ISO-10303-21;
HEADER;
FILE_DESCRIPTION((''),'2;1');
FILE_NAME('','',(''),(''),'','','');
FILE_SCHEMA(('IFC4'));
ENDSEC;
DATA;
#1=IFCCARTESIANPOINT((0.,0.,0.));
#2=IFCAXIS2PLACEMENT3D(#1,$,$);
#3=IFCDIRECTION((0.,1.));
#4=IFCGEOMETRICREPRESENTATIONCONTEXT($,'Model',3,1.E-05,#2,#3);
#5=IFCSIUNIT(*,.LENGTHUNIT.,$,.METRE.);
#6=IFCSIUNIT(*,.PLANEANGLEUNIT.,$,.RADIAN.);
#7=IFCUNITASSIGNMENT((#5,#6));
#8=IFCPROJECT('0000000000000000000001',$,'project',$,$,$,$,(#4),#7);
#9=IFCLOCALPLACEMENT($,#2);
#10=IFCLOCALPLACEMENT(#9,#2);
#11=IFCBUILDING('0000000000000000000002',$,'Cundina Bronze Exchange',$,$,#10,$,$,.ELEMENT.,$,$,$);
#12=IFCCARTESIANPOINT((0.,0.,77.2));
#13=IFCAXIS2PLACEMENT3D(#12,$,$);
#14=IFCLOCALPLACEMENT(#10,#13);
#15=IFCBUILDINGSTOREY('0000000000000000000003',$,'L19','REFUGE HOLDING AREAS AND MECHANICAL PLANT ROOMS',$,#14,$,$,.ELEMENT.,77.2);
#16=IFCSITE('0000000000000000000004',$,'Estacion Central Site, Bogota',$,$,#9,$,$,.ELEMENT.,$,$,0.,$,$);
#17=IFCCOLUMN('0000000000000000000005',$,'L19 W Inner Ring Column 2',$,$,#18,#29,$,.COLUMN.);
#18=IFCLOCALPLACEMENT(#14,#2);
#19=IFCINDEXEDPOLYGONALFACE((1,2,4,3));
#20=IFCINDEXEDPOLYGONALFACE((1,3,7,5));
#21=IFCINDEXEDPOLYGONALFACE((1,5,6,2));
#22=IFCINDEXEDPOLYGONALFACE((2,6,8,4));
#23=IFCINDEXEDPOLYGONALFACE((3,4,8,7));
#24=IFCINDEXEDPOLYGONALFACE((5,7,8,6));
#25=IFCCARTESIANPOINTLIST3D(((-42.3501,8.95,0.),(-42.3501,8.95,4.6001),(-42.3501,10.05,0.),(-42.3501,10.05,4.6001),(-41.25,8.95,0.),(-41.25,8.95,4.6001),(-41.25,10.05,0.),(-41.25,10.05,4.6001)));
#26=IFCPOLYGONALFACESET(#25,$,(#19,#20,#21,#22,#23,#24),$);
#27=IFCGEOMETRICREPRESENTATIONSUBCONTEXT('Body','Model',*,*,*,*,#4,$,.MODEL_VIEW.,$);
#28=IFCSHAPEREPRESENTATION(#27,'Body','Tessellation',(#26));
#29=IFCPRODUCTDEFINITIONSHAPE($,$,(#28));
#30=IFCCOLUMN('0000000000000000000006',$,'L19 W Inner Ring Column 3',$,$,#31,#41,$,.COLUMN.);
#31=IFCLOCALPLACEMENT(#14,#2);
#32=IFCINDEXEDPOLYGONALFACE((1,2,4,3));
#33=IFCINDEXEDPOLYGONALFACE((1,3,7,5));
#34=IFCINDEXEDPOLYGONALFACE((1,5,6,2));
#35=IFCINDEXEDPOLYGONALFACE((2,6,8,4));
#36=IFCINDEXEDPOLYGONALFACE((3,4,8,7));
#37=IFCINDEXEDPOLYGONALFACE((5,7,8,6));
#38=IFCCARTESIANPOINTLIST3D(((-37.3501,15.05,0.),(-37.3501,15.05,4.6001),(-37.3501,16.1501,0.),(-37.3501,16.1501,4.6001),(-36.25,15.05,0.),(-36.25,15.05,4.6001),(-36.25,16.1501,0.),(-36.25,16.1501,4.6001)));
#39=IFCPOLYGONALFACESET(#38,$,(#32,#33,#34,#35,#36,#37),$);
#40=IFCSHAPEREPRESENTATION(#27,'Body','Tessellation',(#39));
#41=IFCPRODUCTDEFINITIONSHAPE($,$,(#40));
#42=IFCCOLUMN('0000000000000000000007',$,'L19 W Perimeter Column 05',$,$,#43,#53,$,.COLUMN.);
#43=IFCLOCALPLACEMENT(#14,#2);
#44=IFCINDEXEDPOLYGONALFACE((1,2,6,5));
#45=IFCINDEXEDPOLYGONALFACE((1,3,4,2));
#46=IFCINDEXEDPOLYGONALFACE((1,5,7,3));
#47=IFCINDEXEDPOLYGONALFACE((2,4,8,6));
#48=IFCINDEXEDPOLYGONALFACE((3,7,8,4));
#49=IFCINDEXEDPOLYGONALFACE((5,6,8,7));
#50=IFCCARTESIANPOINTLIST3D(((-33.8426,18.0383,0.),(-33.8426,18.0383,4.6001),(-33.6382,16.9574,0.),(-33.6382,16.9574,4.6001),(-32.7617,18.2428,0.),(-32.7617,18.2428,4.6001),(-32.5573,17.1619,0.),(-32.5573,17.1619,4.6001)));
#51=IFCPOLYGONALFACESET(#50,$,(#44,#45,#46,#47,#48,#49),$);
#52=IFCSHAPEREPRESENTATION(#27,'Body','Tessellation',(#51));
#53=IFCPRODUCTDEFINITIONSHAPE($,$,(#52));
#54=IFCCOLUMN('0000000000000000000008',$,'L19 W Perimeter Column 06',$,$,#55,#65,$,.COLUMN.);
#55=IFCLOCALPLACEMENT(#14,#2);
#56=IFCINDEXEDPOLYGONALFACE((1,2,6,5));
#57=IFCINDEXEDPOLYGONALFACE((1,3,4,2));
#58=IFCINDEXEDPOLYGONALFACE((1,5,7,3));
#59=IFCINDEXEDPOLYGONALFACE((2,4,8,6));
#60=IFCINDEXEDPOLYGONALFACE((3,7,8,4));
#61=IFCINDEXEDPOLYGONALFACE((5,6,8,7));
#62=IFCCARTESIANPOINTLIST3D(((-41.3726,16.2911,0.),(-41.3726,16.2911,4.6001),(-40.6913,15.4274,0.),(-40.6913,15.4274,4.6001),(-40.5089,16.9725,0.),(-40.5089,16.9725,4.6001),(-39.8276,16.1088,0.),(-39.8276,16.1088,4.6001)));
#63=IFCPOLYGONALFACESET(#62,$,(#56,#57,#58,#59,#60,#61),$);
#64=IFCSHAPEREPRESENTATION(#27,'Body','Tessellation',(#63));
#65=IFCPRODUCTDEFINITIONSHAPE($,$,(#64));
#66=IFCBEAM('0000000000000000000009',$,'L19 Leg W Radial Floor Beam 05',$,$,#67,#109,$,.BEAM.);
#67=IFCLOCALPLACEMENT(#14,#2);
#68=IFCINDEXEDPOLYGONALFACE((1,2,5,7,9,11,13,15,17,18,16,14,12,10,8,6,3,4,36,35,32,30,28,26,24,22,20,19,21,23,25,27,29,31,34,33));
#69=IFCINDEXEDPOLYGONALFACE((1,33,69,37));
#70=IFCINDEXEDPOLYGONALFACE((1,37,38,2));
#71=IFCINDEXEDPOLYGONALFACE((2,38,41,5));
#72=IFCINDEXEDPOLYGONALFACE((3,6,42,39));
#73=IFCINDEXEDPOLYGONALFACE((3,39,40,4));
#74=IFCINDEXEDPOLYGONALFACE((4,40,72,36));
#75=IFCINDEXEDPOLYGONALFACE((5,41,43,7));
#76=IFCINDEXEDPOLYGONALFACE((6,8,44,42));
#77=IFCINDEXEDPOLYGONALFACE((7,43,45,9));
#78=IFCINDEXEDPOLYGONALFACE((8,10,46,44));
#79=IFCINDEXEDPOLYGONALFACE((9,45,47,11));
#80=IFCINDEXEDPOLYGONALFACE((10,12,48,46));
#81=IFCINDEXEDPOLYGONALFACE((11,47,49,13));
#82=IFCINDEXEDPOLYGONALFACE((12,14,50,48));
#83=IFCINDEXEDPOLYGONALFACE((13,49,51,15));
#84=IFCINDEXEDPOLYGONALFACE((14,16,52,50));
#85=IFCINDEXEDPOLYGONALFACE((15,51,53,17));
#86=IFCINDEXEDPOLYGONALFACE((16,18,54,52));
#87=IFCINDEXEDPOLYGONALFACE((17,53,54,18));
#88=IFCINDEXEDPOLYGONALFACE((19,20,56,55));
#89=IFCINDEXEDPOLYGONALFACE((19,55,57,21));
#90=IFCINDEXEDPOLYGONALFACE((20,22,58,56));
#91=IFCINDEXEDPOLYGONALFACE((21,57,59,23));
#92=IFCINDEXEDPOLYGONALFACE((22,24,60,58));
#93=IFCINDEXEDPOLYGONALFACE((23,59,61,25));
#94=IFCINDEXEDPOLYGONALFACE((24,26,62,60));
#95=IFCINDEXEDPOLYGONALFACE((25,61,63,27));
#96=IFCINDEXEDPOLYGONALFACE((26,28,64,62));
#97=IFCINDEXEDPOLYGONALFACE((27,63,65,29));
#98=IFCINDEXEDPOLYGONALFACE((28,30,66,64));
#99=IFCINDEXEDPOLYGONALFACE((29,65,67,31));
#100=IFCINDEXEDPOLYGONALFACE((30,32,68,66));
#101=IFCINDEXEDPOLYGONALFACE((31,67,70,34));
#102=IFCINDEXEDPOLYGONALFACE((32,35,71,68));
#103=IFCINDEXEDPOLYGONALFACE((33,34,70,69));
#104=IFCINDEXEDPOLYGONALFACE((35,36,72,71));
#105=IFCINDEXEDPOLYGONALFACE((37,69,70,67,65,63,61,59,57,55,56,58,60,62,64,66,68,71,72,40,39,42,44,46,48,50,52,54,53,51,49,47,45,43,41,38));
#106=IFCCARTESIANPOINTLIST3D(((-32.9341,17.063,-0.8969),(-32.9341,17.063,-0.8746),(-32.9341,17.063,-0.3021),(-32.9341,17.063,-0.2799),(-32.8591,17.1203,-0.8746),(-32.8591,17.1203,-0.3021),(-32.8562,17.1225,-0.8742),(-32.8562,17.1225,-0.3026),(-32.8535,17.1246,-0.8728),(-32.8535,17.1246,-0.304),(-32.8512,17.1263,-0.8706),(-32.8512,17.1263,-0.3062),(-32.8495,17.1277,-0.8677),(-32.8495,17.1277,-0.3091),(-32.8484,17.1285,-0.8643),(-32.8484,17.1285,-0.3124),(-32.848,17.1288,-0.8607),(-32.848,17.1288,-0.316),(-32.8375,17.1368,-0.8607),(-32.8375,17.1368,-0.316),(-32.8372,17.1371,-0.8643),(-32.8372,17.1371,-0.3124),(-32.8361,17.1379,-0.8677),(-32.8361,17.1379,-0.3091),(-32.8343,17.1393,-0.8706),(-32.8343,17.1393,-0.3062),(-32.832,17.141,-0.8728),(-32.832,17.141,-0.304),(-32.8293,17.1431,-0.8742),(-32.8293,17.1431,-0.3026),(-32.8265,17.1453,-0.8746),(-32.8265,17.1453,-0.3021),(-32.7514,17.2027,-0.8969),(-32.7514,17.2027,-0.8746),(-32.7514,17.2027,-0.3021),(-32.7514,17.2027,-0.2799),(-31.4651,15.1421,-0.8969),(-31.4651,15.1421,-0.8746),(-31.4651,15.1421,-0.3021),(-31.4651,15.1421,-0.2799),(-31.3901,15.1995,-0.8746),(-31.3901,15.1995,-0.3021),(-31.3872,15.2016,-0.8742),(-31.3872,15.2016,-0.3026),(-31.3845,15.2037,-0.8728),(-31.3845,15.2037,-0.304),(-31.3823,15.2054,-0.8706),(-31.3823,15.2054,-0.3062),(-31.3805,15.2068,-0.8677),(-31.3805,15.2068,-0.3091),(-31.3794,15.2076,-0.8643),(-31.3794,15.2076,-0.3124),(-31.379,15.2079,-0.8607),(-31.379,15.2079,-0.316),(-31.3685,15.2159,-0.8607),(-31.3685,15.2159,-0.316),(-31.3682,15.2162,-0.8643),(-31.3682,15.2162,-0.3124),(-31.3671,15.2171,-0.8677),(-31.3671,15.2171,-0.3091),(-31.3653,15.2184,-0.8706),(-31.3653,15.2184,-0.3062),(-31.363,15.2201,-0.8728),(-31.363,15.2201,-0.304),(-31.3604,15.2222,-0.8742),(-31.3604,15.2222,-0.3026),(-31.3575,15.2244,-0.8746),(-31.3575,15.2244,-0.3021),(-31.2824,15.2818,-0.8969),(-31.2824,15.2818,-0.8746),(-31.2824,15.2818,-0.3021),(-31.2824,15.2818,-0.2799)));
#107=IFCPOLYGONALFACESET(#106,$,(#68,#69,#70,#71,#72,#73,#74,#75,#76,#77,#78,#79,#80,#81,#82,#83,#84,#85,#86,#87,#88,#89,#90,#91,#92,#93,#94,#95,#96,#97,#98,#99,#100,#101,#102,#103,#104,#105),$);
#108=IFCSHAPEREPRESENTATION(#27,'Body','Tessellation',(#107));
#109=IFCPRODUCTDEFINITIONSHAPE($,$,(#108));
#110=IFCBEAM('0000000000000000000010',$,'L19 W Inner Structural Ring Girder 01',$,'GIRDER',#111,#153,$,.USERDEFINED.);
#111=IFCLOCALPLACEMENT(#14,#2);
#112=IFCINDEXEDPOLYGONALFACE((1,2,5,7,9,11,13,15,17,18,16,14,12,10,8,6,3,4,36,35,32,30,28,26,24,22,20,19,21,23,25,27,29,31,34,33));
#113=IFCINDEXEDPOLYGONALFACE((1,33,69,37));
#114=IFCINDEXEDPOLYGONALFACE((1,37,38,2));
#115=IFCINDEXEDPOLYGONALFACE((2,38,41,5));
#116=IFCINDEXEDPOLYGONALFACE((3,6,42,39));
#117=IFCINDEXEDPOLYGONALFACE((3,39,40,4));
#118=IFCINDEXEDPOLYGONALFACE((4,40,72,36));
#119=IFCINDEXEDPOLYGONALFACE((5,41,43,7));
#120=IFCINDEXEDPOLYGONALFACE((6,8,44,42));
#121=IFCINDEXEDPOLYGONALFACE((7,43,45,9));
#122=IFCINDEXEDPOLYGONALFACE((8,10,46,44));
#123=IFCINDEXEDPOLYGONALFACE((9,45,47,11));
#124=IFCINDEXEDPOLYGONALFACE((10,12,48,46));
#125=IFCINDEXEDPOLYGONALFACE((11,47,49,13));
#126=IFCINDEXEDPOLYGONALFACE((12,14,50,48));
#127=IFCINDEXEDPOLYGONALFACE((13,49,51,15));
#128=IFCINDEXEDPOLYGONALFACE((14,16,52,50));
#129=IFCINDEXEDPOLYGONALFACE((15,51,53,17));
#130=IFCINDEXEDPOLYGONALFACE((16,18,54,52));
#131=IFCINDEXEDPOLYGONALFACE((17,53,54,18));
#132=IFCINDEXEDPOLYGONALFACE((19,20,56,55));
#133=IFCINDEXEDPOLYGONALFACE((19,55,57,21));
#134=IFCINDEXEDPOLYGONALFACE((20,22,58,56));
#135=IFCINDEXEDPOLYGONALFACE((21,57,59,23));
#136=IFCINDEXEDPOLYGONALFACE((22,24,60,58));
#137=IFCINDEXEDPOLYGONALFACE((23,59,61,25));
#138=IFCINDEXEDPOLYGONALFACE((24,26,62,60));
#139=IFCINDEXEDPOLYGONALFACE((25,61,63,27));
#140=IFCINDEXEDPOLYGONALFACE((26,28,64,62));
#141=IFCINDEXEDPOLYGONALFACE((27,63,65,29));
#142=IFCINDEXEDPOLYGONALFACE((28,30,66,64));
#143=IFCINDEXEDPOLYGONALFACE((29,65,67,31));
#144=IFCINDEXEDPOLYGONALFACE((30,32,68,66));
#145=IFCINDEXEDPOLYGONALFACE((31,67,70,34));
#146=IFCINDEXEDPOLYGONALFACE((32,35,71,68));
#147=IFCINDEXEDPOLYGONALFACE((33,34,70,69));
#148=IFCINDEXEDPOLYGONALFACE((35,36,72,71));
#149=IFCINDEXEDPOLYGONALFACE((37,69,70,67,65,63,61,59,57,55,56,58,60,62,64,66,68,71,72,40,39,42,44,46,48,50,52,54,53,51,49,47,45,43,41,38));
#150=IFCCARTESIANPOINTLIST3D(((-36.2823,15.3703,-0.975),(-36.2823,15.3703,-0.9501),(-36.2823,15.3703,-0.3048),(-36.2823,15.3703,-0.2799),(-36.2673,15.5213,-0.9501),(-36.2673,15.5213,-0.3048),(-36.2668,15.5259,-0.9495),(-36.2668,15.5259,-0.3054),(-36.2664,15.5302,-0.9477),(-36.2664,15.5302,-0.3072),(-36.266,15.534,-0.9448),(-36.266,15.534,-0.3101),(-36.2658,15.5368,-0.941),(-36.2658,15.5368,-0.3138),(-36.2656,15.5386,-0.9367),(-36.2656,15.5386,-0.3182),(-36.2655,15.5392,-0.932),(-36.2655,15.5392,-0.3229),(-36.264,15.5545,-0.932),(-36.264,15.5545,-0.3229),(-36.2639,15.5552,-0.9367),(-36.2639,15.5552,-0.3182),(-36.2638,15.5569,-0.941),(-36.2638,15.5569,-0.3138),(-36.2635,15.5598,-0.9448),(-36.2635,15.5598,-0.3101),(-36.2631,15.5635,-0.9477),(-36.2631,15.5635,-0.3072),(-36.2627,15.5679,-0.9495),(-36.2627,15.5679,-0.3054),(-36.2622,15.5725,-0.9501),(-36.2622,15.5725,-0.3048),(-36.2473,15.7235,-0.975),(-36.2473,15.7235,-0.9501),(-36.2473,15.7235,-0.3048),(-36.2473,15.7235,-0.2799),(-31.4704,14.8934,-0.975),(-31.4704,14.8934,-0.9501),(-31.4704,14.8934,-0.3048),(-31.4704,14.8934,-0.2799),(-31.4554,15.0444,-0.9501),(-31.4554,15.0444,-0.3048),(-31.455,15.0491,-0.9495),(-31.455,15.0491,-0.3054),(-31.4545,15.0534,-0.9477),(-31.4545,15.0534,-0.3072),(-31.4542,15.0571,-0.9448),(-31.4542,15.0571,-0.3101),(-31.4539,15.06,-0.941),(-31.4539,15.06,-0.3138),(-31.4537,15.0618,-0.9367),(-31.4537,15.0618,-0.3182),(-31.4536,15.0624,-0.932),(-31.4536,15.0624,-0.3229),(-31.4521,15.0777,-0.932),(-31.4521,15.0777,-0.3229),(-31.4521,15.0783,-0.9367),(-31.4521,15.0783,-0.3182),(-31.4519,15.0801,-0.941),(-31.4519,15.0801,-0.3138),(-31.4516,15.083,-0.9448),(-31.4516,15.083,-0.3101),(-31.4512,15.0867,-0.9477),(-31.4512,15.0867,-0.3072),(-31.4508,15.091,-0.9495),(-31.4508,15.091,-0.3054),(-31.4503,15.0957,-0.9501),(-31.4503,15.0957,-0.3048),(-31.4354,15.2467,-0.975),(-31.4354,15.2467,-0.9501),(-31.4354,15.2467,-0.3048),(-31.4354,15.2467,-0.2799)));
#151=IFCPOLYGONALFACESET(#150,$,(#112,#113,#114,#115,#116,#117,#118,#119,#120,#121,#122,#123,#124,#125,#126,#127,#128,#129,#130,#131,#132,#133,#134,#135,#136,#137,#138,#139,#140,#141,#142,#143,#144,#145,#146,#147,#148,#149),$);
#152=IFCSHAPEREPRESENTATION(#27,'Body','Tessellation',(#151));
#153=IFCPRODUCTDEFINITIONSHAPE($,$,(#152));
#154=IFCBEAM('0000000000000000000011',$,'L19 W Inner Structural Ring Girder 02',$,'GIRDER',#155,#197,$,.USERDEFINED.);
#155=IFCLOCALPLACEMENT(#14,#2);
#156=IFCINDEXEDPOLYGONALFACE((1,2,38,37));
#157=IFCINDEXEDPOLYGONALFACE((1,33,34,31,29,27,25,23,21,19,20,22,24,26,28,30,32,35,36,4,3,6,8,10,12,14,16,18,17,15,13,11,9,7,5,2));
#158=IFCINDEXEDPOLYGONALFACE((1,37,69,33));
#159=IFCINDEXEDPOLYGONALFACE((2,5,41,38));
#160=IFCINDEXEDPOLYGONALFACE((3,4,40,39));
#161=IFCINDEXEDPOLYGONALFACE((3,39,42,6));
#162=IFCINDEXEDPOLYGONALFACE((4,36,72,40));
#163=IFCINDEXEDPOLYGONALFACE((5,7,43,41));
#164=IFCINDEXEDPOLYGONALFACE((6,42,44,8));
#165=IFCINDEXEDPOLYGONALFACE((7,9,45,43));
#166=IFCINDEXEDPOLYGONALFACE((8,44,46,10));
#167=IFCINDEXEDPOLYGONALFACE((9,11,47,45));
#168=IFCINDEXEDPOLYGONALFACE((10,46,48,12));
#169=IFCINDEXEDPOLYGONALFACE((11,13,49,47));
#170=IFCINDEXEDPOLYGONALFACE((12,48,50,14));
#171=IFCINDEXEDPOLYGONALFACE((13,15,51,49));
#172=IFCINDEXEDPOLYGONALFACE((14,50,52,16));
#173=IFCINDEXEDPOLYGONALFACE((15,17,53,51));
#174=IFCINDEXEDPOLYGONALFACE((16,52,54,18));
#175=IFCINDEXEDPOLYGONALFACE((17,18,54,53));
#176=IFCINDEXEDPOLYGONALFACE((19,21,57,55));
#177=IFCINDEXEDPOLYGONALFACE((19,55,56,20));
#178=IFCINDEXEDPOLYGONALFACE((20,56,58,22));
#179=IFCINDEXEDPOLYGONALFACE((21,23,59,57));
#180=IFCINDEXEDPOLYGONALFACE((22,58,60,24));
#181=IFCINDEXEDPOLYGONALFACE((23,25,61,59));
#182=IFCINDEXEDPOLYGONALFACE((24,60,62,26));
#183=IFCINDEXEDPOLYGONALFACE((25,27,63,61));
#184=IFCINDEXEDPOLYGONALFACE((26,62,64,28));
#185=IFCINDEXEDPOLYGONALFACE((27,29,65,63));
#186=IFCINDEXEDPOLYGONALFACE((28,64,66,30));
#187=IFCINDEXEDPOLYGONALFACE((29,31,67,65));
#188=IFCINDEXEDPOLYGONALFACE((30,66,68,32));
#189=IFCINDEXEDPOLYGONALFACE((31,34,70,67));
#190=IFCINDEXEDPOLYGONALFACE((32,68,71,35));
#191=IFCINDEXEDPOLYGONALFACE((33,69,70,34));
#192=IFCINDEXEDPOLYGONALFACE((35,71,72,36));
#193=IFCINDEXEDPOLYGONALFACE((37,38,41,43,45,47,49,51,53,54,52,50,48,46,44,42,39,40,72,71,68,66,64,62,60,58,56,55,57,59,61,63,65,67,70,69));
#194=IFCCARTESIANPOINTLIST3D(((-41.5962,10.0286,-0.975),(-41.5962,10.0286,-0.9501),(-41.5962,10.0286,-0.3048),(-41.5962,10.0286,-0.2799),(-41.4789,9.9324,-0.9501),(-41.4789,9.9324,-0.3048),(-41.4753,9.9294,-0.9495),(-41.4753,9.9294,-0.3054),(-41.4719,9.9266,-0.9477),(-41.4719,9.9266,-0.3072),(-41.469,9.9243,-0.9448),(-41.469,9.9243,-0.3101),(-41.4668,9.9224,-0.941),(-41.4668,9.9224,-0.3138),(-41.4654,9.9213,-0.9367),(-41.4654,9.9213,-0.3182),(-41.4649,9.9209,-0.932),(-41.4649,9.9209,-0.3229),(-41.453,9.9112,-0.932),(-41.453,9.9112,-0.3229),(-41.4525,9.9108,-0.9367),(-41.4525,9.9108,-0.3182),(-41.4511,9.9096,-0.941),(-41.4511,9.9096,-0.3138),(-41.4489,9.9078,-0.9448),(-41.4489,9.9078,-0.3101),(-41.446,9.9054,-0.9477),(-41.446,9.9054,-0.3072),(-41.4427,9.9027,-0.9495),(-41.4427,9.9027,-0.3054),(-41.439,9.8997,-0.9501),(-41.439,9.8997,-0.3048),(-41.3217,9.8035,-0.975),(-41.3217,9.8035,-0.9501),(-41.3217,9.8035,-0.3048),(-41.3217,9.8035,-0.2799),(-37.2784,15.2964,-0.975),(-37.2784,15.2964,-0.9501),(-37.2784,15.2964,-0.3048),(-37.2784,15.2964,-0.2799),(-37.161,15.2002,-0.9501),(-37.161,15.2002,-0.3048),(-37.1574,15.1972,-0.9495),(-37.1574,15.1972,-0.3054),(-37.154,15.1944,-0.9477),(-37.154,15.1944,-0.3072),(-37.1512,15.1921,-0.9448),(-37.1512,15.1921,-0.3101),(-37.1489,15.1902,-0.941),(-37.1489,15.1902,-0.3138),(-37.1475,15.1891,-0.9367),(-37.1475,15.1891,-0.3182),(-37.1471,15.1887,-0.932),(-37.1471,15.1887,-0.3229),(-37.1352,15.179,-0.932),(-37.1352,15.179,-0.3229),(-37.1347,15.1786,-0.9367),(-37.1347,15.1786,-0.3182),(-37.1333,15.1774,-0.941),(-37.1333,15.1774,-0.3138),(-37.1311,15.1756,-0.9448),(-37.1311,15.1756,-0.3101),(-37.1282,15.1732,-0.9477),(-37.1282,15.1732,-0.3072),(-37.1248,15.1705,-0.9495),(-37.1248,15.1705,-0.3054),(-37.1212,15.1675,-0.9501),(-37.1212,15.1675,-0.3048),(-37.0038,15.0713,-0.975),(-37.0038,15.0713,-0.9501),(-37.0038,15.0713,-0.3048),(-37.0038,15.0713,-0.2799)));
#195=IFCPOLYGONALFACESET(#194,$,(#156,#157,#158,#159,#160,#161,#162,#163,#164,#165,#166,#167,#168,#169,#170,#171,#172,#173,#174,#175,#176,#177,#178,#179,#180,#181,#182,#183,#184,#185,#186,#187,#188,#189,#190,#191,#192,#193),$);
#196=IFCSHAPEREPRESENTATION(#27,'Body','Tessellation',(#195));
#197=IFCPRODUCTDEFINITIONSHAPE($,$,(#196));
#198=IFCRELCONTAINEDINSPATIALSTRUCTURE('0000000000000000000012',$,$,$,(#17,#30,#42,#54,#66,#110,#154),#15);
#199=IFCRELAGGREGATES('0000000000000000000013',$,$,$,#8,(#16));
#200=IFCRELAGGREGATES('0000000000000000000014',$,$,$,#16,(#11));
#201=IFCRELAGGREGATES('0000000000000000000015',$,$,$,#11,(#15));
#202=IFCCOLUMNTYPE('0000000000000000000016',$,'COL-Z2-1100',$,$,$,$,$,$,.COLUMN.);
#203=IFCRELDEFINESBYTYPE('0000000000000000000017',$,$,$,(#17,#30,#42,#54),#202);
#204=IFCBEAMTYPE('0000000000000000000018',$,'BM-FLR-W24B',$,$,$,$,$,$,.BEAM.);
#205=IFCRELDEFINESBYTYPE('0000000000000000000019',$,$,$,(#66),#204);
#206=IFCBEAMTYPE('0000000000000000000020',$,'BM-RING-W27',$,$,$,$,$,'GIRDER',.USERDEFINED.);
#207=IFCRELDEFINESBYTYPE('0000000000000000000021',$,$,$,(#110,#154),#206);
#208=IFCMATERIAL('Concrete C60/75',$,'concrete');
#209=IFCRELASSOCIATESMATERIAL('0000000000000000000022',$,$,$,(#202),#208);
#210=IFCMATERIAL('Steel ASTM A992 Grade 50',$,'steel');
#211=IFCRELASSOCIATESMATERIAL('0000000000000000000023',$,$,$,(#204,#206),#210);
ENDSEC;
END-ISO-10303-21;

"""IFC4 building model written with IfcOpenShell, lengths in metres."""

from ifc_helpers import new_model, si_unit, direction, frame, origin, origin_2d, place, context, subcontext, project, spatial, rectangle, i_section, extrude, material, material_profile, profile_set, type_object, element, save


model = new_model("IFC4")

# Units and contexts
model_context = context("Model", 3, precision=1e-05, world=origin(), true_north=direction((0.0, 1.0)))
body_context = subcontext(model_context, "Body", "Model", "MODEL_VIEW")
ifc_project = project(units=[si_unit("LENGTHUNIT", "METRE"), si_unit("PLANEANGLEUNIT", "RADIAN")], contexts=[model_context])

# Site, building, storey
site_placement = place(None, origin())
site = spatial("IfcSite", under=ifc_project, at=site_placement, Name="Estacion Central Site, Bogota", CompositionType="ELEMENT", RefElevation=0.0)
building_placement = place(site_placement, origin())
building = spatial("IfcBuilding", under=site, at=building_placement, Name="Cundina Bronze Exchange", CompositionType="ELEMENT")
storey_placement = place(building_placement, frame((0.0, 0.0, 77.2)))
storey = spatial("IfcBuildingStorey", under=building, at=storey_placement, Name="L19", Description="REFUGE HOLDING AREAS AND MECHANICAL PLANT ROOMS", CompositionType="ELEMENT", Elevation=77.2)

# Columns
ifc_material_1 = material(Name="Concrete C60/75", Category="concrete")
ifc_material_profile_1 = material_profile(ifc_material_1, rectangle(XDim=1.1001, YDim=1.1001, at=origin_2d()), Name="RC1100X1100", Category="concrete")
ifc_profile_set_1 = profile_set([ifc_material_profile_1], Name="Concrete C60/75")
column_type = type_object("IfcColumnType", Name="COL-Z2-1100", PredefinedType="COLUMN", material=ifc_profile_set_1)
for number, where, z_axis, x_axis, name in (
    (1, (-41.8, 9.5, 0.0), (0.0, 0.0, 1.0), (1.0, 0.0, 0.0), "L19 W Inner Ring Column 2"),
    (2, (-36.8, 15.6001, 0.0), (0.0, 0.0, 1.0), (1.0, 0.0, 0.0), "L19 W Inner Ring Column 3"),
    (3, (-33.2, 17.6001, 0.0), (0.0, 0.0, 1.0), (-0.98258, -0.185838, 0.0), "L19 W Perimeter Column 05"),
    (4, (-40.6001, 16.2, 0.0), (0.0, 0.0, 1.0), (-0.785101, -0.619368, 0.0), "L19 W Perimeter Column 06"),
):
    element("IfcColumn", number, at=place(storey_placement, frame(where, z_axis=z_axis, x_axis=x_axis)), inside=storey, type_object=column_type, Name=name, PredefinedType="COLUMN", context=body_context, shape_type="SweptSolid", body=[
        extrude(rectangle(XDim=1.1001, YDim=1.1001, at=origin_2d()), origin(), (0.0, 0.0, 1.0), 4.6001),
    ])

# Beams
ifc_material_2 = material(Name="Steel ASTM A992 Grade 50", Category="steel")
ifc_material_profile_2 = material_profile(ifc_material_2, i_section(OverallWidth=0.23, OverallDepth=0.6169, WebThickness=0.0132, FlangeThickness=0.0222, FilletRadius=0.0139, at=origin_2d()), Name="W24X94", Category="steel")
ifc_profile_set_2 = profile_set([ifc_material_profile_2], Name="Steel ASTM A992 Grade 50")
beam_type_1 = type_object("IfcBeamType", Name="BM-FLR-W24B", PredefinedType="BEAM", material=ifc_profile_set_2)
beam_1_placement = place(storey_placement, frame((-31.3738, 15.2119, -0.5884), z_axis=(-0.607469, 0.794344, 0.0), x_axis=(-0.794344, -0.607469, 0.0)))
element("IfcBeam", 5, at=beam_1_placement, inside=storey, type_object=beam_type_1, Name="L19 Leg W Radial Floor Beam 05", PredefinedType="BEAM", context=body_context, shape_type="SweptSolid", body=[
    extrude(i_section(OverallWidth=0.23, OverallDepth=0.6169, WebThickness=0.0132, FlangeThickness=0.0222, FilletRadius=0.0139, at=origin_2d()), origin(), (0.0, 0.0, 1.0), 2.4182),
])
ifc_material_profile_3 = material_profile(ifc_material_2, i_section(OverallWidth=0.355, OverallDepth=0.6951, WebThickness=0.0154, FlangeThickness=0.0249, FilletRadius=0.0181, at=origin_2d()), Name="W27X146", Category="steel")
ifc_profile_set_3 = profile_set([ifc_material_profile_3], Name="Steel ASTM A992 Grade 50")
beam_type_2 = type_object("IfcBeamType", Name="BM-RING-W27", ElementType="GIRDER", PredefinedType="USERDEFINED", material=ifc_profile_set_3)
beam_2_placement = place(storey_placement, frame((-31.4529, 15.0701, -0.6274), z_axis=(-0.995126, 0.098609, 0.0), x_axis=(-0.098609, -0.995126, 0.0)))
element("IfcBeam", 6, at=beam_2_placement, inside=storey, type_object=beam_type_2, Name="L19 W Inner Structural Ring Girder 01", ObjectType="GIRDER", PredefinedType="USERDEFINED", context=body_context, shape_type="SweptSolid", body=[
    extrude(i_section(OverallWidth=0.355, OverallDepth=0.6951, WebThickness=0.0154, FlangeThickness=0.0249, FilletRadius=0.0181, at=origin_2d()), origin(), (0.0, 0.0, 1.0), 4.8354),
])
beam_3_placement = place(storey_placement, frame((-37.1411, 15.1838, -0.6274), z_axis=(-0.633927, -0.773393, 0.0), x_axis=(0.773393, -0.633927, 0.0)))
element("IfcBeam", 7, at=beam_3_placement, inside=storey, type_object=beam_type_2, Name="L19 W Inner Structural Ring Girder 02", ObjectType="GIRDER", PredefinedType="USERDEFINED", context=body_context, shape_type="SweptSolid", body=[
    extrude(i_section(OverallWidth=0.355, OverallDepth=0.6951, WebThickness=0.0154, FlangeThickness=0.0249, FilletRadius=0.0181, at=origin_2d()), origin(), (0.0, 0.0, 1.0), 6.8113),
])

save(model, "model.ifc")
